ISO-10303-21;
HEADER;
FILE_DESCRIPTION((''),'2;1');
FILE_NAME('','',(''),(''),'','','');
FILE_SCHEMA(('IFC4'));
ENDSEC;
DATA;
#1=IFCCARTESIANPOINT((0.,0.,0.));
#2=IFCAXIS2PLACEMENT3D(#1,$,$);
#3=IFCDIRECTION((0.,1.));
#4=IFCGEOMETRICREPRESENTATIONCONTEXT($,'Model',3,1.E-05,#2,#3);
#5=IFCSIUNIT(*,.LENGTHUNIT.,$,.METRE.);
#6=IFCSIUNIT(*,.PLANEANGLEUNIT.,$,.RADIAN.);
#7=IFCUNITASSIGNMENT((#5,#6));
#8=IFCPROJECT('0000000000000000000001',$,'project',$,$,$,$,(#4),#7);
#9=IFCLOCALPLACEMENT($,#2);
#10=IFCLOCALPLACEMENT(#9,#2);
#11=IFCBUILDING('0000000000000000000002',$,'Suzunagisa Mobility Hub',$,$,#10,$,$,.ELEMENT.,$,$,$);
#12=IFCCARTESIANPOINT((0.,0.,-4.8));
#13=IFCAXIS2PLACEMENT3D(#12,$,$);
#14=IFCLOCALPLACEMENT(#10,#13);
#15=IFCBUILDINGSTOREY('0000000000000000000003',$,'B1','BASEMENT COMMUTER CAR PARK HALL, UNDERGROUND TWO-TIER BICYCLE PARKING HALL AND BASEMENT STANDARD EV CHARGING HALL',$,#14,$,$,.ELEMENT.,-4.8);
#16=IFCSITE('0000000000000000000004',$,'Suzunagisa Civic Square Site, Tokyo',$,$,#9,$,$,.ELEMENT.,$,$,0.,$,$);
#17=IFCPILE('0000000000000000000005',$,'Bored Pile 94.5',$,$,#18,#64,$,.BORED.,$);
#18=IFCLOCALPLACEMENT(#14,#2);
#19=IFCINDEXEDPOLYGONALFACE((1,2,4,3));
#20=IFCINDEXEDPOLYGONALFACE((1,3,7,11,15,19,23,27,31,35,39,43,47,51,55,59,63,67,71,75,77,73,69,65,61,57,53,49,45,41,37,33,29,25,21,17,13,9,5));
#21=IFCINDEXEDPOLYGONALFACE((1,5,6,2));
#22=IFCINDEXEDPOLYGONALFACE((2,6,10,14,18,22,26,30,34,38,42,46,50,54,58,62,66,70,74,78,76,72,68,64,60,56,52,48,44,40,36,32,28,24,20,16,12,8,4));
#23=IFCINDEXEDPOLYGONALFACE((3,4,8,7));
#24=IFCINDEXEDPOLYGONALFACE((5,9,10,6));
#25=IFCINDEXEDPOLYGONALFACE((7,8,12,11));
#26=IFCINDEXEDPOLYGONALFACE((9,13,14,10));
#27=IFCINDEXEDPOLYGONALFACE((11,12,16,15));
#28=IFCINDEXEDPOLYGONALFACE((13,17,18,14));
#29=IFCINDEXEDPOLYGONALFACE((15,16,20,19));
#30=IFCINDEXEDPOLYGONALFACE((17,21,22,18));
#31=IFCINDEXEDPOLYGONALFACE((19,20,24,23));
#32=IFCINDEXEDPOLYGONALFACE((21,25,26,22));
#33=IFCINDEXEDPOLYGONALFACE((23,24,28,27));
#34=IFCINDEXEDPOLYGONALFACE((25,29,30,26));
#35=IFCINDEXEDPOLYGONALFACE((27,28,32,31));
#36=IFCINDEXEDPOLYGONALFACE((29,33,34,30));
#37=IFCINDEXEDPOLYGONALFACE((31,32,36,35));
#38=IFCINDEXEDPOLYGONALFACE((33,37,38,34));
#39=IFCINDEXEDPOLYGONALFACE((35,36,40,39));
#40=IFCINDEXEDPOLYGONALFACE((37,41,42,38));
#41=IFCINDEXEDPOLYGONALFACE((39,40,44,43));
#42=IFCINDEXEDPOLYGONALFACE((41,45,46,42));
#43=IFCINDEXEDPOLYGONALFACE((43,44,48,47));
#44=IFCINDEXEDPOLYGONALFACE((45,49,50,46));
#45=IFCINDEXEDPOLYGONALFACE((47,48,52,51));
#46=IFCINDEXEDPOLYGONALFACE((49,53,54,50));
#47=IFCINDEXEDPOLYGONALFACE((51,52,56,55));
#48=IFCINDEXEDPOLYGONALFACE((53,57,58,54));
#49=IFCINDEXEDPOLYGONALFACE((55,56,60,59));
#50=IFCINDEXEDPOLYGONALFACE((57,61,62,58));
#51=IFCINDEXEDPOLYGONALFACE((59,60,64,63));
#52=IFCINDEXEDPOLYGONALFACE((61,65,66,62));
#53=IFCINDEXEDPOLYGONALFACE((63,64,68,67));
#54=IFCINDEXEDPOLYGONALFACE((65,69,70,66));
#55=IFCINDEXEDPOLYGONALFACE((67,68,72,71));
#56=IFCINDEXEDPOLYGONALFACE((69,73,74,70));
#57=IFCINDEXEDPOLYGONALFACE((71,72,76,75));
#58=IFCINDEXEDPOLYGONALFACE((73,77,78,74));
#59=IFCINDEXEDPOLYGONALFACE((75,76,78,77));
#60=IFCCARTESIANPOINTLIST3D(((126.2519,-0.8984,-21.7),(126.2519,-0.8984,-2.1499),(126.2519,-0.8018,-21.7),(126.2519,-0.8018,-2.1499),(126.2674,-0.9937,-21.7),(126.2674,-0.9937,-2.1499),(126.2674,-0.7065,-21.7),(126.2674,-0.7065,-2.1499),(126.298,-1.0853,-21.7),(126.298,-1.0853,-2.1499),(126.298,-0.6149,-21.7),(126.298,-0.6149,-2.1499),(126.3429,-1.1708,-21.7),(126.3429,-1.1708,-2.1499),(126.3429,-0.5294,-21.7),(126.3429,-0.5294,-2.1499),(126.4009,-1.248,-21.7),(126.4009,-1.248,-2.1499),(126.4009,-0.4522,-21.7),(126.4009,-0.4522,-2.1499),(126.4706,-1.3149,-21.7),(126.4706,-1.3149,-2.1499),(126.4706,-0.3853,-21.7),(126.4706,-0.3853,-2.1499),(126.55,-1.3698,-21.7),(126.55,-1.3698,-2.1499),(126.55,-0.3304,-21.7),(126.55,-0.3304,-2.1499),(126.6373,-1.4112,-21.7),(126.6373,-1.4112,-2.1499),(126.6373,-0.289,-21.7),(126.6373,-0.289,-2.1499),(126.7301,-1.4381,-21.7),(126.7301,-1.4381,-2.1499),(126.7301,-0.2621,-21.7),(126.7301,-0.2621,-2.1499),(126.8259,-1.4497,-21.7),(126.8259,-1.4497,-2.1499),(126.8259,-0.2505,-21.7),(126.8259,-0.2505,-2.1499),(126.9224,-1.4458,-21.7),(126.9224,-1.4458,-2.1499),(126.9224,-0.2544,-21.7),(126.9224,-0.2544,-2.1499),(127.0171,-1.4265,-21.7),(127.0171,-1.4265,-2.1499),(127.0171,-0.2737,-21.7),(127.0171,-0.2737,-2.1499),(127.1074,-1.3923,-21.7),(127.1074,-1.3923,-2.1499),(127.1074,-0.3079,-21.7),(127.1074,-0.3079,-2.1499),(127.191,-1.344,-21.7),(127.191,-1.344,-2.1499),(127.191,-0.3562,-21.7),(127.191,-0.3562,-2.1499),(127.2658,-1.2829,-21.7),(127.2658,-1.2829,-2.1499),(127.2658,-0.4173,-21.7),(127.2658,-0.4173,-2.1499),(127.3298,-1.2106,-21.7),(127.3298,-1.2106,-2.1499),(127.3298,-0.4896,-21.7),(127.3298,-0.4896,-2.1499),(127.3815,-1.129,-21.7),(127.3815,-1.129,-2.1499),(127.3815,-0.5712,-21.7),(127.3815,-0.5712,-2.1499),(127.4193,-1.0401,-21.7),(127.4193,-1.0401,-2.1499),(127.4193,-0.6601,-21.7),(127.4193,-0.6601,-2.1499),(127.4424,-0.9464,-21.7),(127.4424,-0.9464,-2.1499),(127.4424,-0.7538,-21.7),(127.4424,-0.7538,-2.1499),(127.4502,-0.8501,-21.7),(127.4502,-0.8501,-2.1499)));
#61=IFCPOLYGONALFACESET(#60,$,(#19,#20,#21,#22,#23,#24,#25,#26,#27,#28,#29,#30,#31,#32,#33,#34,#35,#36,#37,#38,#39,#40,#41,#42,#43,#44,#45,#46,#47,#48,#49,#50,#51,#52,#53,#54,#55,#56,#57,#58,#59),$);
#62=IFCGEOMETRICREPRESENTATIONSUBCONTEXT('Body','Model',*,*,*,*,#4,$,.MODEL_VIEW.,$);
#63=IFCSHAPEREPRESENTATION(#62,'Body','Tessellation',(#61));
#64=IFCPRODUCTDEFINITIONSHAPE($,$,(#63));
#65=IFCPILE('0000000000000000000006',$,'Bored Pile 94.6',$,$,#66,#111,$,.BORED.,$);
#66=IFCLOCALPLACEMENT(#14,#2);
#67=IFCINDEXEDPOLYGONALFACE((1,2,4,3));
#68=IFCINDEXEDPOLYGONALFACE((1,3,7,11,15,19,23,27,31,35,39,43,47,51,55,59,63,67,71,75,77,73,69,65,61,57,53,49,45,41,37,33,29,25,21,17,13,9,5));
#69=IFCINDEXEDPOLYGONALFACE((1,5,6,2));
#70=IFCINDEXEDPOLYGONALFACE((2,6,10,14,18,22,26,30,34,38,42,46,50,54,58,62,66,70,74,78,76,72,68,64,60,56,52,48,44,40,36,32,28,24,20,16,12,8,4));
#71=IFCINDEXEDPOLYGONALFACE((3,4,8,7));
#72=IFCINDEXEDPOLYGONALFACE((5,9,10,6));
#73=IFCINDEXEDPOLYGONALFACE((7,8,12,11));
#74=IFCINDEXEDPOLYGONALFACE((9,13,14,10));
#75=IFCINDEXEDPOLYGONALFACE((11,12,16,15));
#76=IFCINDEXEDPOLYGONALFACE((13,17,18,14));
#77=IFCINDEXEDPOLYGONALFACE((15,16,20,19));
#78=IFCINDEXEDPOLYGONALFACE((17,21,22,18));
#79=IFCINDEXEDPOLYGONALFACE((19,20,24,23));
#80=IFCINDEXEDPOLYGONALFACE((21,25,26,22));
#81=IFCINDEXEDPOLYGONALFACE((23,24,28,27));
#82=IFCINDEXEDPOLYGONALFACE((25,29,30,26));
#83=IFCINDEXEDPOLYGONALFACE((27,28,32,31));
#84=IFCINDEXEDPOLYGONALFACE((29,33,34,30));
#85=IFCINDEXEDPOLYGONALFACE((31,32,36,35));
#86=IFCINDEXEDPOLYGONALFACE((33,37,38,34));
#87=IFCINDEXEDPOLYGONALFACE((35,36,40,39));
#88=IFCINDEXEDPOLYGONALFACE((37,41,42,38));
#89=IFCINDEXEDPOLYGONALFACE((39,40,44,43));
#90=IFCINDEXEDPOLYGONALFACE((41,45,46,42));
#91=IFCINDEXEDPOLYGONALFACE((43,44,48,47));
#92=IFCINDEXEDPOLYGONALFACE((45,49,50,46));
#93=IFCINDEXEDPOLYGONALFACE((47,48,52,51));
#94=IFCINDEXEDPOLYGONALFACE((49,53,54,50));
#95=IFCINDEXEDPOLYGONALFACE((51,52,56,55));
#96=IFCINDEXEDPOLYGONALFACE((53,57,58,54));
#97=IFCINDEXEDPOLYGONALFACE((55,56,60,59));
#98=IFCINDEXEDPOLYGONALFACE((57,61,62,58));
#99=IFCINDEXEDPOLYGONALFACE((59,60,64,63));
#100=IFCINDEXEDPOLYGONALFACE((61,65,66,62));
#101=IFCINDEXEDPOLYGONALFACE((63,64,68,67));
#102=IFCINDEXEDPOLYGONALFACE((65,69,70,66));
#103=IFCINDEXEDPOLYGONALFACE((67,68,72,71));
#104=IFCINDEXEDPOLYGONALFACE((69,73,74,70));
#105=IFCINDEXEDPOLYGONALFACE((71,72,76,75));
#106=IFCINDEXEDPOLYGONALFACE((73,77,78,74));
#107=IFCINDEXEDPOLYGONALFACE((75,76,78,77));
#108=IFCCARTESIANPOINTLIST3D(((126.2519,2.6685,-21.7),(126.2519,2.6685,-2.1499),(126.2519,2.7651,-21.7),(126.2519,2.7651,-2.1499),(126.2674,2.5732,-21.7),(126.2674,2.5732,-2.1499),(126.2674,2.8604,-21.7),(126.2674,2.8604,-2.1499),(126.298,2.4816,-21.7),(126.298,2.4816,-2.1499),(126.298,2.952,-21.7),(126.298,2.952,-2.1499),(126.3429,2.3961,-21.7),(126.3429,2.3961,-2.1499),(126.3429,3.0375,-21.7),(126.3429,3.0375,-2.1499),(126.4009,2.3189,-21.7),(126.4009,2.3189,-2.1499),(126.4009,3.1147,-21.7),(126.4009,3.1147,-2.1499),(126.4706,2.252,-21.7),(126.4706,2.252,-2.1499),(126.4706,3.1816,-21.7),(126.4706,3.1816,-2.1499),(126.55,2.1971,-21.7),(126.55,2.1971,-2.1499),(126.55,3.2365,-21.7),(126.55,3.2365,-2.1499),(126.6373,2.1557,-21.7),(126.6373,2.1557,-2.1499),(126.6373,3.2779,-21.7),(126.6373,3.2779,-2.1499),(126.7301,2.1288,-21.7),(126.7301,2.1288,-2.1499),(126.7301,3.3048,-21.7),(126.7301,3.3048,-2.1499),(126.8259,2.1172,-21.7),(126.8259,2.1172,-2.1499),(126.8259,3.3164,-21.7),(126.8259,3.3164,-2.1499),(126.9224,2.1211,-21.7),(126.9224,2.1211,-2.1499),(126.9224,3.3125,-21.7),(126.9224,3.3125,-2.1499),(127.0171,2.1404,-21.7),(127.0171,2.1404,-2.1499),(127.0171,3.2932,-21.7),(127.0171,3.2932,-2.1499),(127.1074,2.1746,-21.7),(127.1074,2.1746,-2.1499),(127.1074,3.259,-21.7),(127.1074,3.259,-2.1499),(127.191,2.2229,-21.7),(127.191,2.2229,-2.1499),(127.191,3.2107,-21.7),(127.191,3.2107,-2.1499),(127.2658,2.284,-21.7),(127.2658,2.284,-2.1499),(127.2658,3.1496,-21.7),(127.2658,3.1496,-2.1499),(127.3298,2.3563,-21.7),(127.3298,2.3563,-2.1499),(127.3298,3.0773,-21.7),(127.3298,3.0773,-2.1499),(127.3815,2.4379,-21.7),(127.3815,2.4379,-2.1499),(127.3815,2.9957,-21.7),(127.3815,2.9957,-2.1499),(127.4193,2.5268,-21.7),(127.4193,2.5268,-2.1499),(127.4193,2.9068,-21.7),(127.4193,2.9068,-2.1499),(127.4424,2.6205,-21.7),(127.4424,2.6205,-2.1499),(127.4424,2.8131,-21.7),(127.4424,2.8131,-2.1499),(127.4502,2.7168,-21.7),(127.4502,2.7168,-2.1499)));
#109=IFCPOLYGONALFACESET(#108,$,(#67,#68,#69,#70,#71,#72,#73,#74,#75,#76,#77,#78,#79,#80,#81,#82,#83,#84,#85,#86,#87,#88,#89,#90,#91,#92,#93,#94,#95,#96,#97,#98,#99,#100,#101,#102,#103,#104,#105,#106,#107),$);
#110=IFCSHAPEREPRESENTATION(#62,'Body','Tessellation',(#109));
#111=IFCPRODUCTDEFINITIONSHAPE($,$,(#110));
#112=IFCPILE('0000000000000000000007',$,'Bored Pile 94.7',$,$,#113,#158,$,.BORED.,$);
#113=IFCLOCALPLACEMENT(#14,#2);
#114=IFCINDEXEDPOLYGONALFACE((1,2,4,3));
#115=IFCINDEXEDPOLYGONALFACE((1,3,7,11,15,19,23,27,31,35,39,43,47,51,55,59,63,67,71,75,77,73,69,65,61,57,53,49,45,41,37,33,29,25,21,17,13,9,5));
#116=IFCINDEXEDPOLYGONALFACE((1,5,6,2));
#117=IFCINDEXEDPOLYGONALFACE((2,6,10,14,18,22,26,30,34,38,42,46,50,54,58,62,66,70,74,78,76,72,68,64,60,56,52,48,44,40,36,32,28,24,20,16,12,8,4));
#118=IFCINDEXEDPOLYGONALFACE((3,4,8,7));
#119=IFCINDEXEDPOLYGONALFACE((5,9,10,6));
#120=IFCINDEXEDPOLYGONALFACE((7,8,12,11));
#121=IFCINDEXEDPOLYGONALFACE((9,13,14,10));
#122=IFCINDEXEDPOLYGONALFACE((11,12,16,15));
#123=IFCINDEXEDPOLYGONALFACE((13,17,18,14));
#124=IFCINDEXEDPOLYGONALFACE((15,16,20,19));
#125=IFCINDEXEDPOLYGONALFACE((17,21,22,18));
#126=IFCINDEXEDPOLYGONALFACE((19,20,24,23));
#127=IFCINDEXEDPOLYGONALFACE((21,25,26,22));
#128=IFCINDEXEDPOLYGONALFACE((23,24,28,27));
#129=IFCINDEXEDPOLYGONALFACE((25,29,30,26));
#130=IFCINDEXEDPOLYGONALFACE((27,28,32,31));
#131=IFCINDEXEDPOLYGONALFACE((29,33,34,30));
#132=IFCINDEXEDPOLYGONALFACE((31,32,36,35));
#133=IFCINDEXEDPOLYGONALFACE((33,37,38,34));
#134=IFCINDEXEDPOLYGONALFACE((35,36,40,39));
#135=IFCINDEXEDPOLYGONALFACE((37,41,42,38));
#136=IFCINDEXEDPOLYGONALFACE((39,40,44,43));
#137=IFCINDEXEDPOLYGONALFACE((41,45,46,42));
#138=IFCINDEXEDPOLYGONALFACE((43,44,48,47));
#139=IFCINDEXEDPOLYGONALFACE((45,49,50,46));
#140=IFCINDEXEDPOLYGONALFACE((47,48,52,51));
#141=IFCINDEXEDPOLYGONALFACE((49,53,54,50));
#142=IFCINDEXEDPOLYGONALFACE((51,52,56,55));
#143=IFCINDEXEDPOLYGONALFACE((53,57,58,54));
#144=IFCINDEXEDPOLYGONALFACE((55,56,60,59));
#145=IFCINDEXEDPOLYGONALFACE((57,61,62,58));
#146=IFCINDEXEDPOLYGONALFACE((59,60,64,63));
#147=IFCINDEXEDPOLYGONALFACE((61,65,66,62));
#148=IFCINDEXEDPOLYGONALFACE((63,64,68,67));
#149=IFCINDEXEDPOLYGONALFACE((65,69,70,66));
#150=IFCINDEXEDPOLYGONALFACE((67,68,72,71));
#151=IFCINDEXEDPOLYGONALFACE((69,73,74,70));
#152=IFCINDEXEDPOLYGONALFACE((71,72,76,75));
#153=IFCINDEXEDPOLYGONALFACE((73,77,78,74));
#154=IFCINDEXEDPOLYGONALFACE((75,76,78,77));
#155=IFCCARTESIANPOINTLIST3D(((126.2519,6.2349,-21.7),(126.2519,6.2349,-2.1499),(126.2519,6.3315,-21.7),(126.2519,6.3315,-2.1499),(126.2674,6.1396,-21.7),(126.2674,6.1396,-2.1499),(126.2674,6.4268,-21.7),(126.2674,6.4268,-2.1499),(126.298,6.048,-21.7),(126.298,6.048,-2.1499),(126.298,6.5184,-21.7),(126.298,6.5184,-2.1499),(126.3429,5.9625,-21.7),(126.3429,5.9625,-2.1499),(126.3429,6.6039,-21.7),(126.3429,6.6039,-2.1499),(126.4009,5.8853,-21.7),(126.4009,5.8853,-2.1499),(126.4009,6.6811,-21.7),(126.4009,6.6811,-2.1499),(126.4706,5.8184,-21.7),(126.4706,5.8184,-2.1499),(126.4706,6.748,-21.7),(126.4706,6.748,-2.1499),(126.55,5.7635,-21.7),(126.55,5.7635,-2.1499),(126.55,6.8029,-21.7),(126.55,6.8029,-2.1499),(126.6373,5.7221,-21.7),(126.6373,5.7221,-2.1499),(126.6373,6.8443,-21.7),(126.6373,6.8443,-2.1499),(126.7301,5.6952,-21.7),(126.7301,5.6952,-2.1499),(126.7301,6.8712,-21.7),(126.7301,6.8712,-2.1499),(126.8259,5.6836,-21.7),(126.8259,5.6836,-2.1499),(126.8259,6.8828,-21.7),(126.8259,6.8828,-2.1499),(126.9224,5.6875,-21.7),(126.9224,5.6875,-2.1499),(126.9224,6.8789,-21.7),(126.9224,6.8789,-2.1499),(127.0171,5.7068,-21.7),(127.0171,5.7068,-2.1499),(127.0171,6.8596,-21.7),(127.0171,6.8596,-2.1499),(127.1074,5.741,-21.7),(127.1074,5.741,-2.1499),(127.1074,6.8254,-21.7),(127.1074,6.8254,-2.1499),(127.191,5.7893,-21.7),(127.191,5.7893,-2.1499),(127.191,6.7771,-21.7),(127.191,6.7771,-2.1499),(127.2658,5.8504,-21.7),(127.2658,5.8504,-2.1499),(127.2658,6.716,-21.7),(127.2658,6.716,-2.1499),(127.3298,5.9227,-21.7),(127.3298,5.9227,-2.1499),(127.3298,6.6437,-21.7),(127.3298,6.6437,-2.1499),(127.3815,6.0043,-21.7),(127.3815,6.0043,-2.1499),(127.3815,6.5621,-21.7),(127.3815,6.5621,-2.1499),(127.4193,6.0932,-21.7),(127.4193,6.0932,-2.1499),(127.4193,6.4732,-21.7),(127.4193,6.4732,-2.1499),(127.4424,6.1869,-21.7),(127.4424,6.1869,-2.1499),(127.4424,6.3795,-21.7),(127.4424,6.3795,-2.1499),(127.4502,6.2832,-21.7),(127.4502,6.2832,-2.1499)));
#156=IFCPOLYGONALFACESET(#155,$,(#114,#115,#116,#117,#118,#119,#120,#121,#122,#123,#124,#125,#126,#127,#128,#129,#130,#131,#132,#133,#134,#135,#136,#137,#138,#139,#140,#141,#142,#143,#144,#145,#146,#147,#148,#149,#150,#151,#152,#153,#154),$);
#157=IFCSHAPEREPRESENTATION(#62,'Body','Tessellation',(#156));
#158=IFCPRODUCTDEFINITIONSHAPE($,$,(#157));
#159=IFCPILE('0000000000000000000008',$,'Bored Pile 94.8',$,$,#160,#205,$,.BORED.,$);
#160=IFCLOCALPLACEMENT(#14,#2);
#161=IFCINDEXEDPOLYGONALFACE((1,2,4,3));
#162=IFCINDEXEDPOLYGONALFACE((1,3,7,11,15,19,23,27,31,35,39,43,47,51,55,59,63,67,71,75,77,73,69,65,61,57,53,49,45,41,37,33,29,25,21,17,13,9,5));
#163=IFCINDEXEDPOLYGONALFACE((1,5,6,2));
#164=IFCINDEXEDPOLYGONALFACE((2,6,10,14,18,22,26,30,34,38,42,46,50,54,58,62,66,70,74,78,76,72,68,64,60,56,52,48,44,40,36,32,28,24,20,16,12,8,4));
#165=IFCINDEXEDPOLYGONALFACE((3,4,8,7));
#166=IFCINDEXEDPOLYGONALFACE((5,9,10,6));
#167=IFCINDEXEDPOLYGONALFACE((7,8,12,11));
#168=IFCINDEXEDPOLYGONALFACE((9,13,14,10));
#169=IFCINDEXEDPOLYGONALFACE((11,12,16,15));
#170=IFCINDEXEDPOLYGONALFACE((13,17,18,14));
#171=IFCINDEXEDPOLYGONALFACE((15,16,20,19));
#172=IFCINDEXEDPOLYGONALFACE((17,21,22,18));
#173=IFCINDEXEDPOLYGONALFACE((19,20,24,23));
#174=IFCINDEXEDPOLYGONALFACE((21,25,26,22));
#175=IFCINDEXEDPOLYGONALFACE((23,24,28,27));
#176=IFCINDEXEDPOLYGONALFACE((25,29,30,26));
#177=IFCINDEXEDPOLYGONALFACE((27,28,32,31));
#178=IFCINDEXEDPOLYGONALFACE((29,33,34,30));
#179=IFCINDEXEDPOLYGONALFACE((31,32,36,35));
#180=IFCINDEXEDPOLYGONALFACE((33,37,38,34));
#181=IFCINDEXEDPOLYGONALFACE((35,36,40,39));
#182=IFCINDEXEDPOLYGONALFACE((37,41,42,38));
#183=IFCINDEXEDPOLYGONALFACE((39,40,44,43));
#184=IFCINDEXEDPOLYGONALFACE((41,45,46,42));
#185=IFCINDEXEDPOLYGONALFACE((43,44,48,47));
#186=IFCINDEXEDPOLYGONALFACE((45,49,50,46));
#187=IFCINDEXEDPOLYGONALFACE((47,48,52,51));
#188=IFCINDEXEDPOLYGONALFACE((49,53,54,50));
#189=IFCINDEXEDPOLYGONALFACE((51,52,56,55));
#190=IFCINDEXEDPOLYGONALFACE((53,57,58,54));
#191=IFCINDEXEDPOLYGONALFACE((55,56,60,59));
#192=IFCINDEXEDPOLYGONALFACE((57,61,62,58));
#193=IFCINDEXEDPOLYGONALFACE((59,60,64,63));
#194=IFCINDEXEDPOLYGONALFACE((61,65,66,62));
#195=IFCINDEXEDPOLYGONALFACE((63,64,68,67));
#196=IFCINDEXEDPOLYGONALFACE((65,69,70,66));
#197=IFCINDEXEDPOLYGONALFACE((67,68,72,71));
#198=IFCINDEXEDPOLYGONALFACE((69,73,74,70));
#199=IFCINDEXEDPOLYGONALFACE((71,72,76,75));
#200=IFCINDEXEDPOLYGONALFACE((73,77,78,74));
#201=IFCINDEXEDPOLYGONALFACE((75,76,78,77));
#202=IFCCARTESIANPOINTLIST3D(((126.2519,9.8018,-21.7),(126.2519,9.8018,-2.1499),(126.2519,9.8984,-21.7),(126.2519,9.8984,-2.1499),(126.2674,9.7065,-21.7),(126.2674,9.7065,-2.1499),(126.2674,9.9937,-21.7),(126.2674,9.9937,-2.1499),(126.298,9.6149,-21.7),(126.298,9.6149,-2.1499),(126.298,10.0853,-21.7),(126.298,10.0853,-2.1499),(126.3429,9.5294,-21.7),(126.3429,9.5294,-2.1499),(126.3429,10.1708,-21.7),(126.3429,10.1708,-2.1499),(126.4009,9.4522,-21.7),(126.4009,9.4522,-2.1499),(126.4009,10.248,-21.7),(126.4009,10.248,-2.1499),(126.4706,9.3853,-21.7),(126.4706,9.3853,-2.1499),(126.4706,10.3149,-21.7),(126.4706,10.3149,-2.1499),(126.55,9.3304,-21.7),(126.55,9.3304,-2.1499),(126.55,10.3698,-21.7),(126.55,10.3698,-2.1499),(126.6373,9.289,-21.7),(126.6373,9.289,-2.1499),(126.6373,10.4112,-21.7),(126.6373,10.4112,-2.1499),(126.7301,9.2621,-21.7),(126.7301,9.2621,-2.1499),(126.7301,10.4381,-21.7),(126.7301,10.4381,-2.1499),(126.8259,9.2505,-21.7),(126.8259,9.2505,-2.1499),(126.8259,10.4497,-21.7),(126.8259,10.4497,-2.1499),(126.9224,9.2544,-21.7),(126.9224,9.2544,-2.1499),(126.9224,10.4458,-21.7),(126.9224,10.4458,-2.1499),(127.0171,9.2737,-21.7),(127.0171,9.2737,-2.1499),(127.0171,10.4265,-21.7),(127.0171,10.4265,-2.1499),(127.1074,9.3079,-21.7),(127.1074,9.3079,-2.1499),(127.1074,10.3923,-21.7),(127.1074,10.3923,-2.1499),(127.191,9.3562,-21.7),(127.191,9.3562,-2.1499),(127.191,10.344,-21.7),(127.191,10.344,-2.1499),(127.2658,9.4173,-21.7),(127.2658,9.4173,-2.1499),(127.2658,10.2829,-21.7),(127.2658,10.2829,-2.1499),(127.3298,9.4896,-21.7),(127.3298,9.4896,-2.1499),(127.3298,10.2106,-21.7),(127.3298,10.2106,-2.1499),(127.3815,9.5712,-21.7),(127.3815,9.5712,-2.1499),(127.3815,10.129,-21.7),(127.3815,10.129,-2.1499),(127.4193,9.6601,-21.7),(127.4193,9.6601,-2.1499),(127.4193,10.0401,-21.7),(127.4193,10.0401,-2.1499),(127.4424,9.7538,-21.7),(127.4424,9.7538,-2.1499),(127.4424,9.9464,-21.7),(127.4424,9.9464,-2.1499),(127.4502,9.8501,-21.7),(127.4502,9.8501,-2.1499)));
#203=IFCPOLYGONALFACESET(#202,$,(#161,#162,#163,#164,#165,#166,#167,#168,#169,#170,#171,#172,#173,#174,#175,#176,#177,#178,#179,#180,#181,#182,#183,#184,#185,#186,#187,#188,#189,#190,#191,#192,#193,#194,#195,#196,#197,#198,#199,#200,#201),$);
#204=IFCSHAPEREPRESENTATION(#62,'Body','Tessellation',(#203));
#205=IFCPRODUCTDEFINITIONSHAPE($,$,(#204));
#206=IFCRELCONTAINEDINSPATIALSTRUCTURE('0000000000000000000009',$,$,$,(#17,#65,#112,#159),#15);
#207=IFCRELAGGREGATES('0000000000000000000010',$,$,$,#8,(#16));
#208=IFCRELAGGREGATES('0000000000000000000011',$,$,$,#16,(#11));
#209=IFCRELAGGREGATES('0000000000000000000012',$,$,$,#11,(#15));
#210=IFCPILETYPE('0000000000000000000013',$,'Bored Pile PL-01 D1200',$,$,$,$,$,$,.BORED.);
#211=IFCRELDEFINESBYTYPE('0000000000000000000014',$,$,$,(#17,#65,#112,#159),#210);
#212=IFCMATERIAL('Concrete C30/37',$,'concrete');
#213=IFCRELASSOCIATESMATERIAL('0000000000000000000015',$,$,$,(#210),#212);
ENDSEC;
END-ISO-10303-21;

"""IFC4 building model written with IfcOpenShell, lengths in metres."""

from ifc_helpers import new_model, si_unit, direction, frame, origin, origin_2d, place, context, subcontext, project, spatial, circle, extrude, material, material_profile, profile_set, type_object, element, save


model = new_model("IFC4")

# Units and contexts
model_context = context("Model", 3, precision=1e-05, world=origin(), true_north=direction((0.0, 1.0)))
body_context = subcontext(model_context, "Body", "Model", "MODEL_VIEW")
ifc_project = project(units=[si_unit("LENGTHUNIT", "METRE"), si_unit("PLANEANGLEUNIT", "RADIAN")], contexts=[model_context])

# Site, building, storey
site_placement = place(None, origin())
site = spatial("IfcSite", under=ifc_project, at=site_placement, Name="Suzunagisa Civic Square Site, Tokyo", CompositionType="ELEMENT", RefElevation=0.0)
building_placement = place(site_placement, origin())
building = spatial("IfcBuilding", under=site, at=building_placement, Name="Suzunagisa Mobility Hub", CompositionType="ELEMENT")
storey_placement = place(building_placement, frame((0.0, 0.0, -4.8)))
storey = spatial("IfcBuildingStorey", under=building, at=storey_placement, Name="B1", Description="BASEMENT COMMUTER CAR PARK HALL, UNDERGROUND TWO-TIER BICYCLE PARKING HALL AND BASEMENT STANDARD EV CHARGING HALL", CompositionType="ELEMENT", Elevation=-4.8)

# Piles
ifc_material_1 = material(Name="Concrete C30/37", Category="concrete")
ifc_material_profile_1 = material_profile(ifc_material_1, circle(Radius=0.6001, at=origin_2d()), Name="BORED PILE D1200")
ifc_profile_set_1 = profile_set([ifc_material_profile_1], Name="Concrete C30/37")
pile_type = type_object("IfcPileType", Name="Bored Pile PL-01 D1200", PredefinedType="BORED", material=ifc_profile_set_1)
for number, where, z_axis, x_axis, name in (
    (1, (126.8501, -0.8501, -2.1499), (0.0, 0.0, -1.0), (1.0, 0.0, 0.0), "Bored Pile 94.5"),
    (2, (126.8501, 2.7168, -2.1499), (0.0, 0.0, -1.0), (1.0, 0.0, 0.0), "Bored Pile 94.6"),
    (3, (126.8501, 6.2832, -2.1499), (0.0, 0.0, -1.0), (1.0, 0.0, 0.0), "Bored Pile 94.7"),
    (4, (126.8501, 9.8501, -2.1499), (0.0, 0.0, -1.0), (1.0, 0.0, 0.0), "Bored Pile 94.8"),
):
    element("IfcPile", number, at=place(storey_placement, frame(where, z_axis=z_axis, x_axis=x_axis)), inside=storey, type_object=pile_type, Name=name, PredefinedType="BORED", context=body_context, shape_type="SweptSolid", body=[
        extrude(circle(Radius=0.6001, at=origin_2d()), origin(), (0.0, 0.0, 1.0), 19.55),
    ])

save(model, "model.ifc")
